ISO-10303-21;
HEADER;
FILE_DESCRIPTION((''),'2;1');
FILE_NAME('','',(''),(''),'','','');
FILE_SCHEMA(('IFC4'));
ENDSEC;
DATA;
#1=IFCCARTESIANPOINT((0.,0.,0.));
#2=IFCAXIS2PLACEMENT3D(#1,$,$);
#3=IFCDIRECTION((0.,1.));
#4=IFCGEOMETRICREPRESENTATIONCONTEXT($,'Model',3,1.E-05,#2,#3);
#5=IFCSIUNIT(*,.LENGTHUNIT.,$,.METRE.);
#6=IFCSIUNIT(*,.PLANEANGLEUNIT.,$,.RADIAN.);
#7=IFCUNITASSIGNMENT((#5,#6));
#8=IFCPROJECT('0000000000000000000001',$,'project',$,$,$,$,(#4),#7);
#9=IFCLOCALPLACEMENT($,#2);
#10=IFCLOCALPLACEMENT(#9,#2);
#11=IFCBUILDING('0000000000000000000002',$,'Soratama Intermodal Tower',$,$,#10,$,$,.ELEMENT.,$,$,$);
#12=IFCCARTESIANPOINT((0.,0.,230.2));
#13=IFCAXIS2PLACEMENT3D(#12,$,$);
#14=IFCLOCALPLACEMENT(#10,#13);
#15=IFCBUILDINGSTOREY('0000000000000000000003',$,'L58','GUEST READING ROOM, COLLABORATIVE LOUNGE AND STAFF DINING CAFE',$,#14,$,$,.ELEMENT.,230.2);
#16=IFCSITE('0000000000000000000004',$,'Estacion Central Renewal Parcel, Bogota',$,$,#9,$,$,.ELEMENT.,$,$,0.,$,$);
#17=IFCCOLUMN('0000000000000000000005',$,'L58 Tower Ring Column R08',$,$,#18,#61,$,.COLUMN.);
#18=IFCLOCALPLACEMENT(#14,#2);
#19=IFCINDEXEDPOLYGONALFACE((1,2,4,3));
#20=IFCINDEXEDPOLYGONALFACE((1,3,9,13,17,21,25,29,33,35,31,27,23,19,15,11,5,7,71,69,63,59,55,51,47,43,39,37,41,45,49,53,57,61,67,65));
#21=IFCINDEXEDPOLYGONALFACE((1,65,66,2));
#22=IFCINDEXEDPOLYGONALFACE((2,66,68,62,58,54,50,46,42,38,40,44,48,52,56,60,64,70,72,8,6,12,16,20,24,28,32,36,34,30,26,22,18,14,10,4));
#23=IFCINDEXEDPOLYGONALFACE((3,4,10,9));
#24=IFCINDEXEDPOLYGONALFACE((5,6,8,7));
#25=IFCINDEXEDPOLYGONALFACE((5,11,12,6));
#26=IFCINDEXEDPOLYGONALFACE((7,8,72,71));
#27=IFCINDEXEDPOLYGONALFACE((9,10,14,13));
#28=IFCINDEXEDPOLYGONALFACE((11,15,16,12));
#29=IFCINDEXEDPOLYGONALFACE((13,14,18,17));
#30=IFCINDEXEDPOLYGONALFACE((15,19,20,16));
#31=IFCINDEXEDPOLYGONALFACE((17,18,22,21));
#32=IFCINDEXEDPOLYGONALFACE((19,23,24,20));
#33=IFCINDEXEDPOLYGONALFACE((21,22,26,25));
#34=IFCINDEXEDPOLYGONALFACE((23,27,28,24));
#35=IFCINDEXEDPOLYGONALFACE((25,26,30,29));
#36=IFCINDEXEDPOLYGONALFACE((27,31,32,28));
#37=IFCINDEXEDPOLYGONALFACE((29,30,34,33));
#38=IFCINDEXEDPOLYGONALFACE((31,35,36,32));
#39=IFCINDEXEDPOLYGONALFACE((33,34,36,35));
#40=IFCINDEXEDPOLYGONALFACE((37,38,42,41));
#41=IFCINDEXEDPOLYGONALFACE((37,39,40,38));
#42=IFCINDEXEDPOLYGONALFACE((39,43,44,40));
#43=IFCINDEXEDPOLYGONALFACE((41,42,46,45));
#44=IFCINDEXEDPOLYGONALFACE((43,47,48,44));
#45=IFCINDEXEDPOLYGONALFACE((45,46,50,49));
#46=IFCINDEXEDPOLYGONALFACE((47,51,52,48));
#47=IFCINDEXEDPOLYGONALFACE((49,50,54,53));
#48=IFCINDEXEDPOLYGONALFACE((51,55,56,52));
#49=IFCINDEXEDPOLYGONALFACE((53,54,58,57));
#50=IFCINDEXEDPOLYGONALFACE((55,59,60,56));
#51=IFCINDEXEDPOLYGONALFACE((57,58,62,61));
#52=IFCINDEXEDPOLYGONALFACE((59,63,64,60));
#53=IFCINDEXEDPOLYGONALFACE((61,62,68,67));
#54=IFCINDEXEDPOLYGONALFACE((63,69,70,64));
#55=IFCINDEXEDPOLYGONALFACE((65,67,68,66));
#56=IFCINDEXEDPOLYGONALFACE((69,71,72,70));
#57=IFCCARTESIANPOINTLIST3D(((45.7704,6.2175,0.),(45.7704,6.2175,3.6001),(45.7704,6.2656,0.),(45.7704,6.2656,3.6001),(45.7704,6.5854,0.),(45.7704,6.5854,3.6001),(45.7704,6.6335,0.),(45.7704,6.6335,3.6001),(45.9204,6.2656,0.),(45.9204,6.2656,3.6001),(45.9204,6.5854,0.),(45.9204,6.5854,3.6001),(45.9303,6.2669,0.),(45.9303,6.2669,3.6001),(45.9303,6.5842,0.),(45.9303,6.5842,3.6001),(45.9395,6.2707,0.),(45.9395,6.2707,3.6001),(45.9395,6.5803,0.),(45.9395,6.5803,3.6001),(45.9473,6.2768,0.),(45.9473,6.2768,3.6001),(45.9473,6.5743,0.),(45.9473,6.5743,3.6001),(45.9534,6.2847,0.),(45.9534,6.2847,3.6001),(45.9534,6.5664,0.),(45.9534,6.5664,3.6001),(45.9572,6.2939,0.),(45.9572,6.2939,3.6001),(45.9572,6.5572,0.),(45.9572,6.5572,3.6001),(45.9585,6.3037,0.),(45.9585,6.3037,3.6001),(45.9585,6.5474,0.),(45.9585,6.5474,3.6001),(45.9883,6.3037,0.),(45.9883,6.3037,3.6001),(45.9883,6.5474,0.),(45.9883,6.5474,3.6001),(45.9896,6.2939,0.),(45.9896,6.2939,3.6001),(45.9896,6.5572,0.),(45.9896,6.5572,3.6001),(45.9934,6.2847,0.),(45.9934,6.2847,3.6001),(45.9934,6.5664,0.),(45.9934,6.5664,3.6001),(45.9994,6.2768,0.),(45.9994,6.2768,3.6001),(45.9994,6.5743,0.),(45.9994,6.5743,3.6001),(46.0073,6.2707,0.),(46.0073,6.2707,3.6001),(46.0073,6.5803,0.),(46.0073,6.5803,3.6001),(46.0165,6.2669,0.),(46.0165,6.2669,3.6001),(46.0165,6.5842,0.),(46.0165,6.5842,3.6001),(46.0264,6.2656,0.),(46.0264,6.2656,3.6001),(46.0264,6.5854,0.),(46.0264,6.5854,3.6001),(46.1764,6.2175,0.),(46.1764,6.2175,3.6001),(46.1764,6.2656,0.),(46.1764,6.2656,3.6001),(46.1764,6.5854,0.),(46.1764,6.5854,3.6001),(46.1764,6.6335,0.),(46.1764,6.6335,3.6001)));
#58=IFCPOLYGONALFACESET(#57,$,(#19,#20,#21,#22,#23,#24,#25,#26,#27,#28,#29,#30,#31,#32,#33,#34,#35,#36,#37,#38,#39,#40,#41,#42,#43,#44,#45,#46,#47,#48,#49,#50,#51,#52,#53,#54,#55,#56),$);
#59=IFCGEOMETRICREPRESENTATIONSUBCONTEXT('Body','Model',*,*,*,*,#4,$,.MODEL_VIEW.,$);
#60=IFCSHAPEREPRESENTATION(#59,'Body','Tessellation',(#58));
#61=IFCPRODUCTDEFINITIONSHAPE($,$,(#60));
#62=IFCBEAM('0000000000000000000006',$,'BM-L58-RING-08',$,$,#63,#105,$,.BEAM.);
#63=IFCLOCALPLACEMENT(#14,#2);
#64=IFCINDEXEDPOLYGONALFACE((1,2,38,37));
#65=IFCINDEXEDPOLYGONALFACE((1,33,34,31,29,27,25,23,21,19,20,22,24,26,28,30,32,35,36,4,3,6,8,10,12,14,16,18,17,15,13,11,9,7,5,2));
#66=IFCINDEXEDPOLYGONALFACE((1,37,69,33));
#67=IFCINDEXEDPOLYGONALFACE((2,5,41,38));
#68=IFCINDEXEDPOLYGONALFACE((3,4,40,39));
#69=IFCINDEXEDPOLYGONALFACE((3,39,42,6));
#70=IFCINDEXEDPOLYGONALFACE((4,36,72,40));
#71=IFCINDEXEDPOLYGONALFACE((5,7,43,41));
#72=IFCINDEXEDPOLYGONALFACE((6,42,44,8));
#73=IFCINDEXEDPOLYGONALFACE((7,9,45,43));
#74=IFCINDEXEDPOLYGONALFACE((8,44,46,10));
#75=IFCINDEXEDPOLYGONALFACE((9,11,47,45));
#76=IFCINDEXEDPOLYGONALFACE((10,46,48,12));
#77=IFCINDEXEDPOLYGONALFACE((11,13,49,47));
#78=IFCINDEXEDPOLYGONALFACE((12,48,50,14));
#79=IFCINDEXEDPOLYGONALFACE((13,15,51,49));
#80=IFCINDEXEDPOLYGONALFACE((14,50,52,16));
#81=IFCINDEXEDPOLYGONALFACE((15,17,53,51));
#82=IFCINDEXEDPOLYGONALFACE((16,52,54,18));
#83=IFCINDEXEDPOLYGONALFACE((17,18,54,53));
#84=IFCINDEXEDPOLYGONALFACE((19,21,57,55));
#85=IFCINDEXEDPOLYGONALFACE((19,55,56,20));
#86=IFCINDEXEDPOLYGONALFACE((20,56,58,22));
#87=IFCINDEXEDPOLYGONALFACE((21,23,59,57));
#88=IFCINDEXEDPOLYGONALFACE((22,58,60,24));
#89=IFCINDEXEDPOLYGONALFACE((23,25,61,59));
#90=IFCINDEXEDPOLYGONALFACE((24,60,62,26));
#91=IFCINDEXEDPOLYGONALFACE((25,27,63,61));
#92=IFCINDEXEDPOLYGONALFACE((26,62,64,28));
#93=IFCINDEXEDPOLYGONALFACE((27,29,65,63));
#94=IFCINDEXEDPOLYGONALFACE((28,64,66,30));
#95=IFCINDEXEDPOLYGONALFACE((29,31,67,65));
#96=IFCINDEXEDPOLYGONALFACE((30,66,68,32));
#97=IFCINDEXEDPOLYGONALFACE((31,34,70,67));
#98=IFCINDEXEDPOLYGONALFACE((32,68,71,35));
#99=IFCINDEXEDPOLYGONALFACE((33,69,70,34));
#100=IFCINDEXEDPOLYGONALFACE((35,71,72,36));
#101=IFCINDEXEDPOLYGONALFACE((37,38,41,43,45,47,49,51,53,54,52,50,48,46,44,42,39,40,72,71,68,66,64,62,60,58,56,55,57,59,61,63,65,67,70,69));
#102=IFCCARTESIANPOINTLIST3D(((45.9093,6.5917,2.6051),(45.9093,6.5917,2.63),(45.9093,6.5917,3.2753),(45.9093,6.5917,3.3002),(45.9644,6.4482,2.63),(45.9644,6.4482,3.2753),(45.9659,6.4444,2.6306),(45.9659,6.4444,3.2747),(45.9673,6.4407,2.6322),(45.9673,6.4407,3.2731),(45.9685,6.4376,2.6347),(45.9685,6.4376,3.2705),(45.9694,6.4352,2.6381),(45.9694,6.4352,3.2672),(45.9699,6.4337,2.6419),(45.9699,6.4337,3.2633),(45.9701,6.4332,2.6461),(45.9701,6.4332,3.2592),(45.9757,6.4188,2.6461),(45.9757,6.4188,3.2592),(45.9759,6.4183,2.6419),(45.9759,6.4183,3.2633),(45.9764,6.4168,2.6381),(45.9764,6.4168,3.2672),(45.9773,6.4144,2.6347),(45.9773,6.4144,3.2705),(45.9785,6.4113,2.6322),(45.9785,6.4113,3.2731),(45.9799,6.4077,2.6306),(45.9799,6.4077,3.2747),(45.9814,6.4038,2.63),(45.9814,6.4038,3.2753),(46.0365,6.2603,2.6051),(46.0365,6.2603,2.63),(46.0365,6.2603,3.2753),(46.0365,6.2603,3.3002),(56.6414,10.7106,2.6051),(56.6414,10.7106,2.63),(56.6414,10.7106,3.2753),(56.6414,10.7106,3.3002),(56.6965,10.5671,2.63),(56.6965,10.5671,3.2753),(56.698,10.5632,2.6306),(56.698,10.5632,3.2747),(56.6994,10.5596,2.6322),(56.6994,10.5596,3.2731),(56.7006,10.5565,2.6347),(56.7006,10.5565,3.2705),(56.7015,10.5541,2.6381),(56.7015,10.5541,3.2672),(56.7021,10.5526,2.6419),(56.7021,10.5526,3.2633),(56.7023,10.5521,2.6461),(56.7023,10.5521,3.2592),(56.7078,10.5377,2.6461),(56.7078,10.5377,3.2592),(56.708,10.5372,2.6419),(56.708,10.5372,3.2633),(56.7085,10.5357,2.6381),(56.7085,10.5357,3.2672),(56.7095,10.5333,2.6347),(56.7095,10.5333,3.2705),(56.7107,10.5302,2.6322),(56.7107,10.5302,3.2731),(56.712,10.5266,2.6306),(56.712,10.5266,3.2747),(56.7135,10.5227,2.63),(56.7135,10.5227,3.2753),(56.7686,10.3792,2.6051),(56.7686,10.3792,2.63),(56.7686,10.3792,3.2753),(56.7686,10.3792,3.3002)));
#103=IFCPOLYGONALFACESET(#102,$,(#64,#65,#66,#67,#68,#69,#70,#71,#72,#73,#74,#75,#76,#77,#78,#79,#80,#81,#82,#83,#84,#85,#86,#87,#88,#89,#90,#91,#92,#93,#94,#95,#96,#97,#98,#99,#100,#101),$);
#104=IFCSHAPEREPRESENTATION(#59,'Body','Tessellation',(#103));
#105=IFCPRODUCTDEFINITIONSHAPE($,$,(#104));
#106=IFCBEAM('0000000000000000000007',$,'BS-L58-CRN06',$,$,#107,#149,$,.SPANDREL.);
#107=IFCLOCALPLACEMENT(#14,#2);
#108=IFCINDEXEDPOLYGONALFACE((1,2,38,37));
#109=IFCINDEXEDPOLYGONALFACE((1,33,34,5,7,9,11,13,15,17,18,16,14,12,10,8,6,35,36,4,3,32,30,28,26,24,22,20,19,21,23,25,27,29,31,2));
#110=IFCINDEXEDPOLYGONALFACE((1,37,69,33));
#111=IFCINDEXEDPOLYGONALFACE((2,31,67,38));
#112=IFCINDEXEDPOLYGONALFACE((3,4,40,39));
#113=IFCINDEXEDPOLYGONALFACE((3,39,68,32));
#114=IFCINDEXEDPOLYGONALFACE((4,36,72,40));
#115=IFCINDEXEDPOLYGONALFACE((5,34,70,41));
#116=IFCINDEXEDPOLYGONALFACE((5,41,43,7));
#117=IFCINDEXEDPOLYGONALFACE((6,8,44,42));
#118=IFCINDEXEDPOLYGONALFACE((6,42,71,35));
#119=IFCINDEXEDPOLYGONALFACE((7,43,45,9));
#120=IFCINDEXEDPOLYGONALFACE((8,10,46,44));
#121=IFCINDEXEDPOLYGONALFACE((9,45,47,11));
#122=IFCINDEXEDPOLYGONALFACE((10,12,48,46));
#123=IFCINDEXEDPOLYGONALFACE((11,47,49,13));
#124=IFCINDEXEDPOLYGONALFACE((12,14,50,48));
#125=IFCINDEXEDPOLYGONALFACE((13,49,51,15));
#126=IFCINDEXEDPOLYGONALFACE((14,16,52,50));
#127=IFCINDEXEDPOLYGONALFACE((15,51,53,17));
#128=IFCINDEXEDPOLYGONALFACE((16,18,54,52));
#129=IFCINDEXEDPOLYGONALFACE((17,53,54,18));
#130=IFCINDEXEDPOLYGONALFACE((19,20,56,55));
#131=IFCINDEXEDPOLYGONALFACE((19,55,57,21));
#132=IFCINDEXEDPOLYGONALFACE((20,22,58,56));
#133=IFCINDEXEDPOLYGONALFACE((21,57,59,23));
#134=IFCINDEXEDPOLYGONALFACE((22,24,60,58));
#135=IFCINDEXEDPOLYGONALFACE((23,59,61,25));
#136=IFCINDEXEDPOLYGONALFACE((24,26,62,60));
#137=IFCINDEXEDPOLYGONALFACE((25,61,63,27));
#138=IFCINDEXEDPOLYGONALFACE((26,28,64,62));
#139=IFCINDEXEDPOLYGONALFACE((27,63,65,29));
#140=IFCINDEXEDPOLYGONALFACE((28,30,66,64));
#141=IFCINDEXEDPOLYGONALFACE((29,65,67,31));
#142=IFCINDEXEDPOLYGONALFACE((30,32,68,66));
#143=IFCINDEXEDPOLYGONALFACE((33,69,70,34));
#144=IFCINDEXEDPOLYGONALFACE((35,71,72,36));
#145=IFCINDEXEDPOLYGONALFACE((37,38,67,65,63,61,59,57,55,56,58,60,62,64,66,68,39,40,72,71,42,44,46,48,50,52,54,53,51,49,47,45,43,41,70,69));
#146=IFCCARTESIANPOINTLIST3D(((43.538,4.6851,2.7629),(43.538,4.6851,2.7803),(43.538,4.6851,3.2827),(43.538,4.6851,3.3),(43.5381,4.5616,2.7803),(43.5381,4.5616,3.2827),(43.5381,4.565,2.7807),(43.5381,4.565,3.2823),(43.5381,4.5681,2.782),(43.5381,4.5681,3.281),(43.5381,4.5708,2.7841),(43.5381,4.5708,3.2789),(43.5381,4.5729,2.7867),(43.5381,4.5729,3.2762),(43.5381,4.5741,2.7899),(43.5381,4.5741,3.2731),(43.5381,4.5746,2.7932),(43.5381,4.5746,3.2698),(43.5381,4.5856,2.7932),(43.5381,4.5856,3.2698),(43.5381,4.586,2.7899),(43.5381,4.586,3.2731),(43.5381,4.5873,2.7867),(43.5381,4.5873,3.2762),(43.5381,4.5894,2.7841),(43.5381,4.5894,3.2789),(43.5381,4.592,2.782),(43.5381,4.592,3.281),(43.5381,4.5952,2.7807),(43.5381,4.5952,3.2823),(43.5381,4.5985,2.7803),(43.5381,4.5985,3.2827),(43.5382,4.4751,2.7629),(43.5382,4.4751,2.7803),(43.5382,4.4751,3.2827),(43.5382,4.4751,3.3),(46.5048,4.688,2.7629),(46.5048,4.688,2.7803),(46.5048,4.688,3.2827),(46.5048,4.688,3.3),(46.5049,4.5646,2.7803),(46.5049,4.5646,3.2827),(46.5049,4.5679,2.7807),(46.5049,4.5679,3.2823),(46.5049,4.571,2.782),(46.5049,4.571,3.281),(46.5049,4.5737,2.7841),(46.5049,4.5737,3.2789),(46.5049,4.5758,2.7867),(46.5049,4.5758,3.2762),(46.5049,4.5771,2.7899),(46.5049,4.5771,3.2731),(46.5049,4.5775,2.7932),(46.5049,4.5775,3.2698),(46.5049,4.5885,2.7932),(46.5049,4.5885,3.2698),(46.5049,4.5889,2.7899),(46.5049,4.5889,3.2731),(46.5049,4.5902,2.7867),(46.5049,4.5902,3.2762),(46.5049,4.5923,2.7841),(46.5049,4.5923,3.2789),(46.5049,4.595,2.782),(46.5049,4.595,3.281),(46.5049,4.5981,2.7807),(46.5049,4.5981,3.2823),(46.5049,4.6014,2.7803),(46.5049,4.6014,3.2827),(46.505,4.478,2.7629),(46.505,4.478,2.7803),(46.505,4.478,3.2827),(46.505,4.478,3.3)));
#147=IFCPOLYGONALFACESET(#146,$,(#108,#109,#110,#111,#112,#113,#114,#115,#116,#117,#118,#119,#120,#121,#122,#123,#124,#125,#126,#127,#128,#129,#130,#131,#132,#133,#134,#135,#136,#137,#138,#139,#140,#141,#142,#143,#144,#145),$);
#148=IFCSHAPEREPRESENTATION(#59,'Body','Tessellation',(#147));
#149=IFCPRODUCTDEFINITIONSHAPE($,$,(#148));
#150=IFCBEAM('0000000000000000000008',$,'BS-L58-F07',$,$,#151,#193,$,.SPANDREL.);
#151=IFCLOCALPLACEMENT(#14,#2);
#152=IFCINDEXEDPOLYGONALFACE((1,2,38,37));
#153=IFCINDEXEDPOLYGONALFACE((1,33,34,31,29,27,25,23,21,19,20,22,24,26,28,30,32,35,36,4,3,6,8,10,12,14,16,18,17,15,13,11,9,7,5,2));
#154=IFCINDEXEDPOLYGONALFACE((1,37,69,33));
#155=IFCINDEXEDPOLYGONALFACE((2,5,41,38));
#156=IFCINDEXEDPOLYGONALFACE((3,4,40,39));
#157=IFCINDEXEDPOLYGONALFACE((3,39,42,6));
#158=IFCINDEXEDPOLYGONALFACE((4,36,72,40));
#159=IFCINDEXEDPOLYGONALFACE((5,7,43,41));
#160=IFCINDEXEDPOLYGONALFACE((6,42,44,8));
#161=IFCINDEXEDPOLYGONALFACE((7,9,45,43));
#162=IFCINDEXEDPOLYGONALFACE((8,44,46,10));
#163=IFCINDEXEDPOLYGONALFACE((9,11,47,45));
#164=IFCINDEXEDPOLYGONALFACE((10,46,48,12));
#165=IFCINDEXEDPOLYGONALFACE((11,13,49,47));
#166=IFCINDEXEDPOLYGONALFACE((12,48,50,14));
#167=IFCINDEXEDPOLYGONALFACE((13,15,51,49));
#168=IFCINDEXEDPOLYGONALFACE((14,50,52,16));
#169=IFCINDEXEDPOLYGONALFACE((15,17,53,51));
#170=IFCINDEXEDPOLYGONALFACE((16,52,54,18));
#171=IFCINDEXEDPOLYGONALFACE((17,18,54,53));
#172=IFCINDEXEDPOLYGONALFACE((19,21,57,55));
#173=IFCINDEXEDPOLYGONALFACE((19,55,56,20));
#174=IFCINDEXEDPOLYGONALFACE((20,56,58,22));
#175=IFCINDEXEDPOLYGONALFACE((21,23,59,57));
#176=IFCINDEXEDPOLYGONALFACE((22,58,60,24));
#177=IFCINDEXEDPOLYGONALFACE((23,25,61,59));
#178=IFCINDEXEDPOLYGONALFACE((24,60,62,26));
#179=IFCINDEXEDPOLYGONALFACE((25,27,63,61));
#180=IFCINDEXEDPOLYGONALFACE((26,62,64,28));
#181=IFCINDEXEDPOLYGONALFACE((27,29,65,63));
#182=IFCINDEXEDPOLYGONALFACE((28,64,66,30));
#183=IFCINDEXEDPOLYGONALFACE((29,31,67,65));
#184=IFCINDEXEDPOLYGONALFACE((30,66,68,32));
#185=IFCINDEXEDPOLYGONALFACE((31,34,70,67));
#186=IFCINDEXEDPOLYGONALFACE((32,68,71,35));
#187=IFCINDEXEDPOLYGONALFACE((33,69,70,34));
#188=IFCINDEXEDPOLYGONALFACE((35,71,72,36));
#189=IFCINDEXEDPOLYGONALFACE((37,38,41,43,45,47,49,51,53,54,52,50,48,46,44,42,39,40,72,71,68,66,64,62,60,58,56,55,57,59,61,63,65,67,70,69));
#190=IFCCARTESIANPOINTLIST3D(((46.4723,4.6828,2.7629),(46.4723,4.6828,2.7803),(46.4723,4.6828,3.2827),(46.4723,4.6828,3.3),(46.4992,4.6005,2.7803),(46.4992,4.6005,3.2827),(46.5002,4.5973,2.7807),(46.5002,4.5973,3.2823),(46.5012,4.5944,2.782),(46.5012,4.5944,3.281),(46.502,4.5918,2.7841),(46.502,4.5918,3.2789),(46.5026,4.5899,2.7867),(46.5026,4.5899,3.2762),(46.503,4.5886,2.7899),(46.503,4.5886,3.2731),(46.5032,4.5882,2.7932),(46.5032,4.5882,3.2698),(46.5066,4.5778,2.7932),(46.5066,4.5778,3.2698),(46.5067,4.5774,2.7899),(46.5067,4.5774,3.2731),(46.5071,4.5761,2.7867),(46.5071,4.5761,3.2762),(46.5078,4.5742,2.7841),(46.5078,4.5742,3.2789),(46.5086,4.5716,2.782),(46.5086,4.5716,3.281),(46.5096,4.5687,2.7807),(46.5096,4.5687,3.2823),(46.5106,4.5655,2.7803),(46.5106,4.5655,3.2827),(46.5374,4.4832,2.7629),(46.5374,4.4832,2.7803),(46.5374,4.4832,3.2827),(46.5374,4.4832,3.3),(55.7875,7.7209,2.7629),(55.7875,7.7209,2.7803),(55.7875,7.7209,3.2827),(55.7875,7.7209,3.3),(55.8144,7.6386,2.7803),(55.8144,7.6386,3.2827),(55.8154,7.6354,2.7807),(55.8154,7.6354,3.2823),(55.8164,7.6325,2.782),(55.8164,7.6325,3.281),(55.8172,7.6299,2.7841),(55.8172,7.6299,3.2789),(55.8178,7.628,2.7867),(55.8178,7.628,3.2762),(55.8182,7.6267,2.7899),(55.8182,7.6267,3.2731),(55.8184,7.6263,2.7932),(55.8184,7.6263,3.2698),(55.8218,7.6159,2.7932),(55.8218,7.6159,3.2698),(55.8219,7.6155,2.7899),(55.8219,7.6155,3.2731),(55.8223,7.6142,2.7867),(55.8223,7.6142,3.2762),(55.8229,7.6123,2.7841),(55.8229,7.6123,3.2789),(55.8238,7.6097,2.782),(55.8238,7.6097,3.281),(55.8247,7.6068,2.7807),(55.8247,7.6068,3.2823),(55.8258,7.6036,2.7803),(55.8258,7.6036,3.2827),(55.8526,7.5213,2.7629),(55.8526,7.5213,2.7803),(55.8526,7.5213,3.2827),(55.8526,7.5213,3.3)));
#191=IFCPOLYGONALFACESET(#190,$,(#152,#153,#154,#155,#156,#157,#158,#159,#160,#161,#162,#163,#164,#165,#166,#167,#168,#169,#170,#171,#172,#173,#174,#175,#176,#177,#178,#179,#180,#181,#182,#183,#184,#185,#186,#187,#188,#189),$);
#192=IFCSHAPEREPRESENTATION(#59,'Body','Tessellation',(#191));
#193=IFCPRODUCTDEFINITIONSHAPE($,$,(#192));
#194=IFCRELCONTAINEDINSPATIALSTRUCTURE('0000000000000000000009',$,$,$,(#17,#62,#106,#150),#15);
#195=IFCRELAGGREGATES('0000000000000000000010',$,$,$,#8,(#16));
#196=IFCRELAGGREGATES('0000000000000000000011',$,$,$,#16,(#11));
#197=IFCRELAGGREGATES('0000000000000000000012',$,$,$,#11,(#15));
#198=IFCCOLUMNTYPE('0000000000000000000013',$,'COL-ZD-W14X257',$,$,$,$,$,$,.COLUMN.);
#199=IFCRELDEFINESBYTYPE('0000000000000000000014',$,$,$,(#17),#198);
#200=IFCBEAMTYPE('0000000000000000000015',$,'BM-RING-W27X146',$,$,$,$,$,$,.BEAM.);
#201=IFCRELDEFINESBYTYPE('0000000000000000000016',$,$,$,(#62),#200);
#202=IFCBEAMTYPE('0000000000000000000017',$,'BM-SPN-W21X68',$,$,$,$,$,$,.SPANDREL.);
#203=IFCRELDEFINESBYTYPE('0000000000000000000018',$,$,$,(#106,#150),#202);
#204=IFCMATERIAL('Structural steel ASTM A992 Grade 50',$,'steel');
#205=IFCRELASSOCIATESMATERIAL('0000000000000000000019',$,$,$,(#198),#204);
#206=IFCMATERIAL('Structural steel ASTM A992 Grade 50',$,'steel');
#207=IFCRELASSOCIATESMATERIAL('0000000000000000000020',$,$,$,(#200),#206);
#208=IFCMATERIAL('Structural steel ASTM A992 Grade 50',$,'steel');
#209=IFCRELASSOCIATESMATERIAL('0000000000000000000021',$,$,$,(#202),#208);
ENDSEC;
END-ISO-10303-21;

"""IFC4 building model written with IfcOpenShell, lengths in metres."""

from ifc_helpers import new_model, si_unit, direction, frame, origin, origin_2d, place, context, subcontext, project, spatial, i_section, extrude, material, material_profile, profile_set, type_object, element, save


model = new_model("IFC4")

# Units and contexts
model_context = context("Model", 3, precision=1e-05, world=origin(), true_north=direction((0.0, 1.0)))
body_context = subcontext(model_context, "Body", "Model", "MODEL_VIEW")
ifc_project = project(units=[si_unit("LENGTHUNIT", "METRE"), si_unit("PLANEANGLEUNIT", "RADIAN")], contexts=[model_context])

# Site, building, storey
site_placement = place(None, origin())
site = spatial("IfcSite", under=ifc_project, at=site_placement, Name="Estacion Central Renewal Parcel, Bogota", CompositionType="ELEMENT", RefElevation=0.0)
building_placement = place(site_placement, origin())
building = spatial("IfcBuilding", under=site, at=building_placement, Name="Soratama Intermodal Tower", CompositionType="ELEMENT")
storey_placement = place(building_placement, frame((0.0, 0.0, 230.2)))
storey = spatial("IfcBuildingStorey", under=building, at=storey_placement, Name="L58", Description="GUEST READING ROOM, COLLABORATIVE LOUNGE AND STAFF DINING CAFE", CompositionType="ELEMENT", Elevation=230.2)

# Column
ifc_material_1 = material(Name="Structural steel ASTM A992 Grade 50", Category="steel")
ifc_material_profile_1 = material_profile(ifc_material_1, i_section(OverallWidth=0.406, OverallDepth=0.416, WebThickness=0.0298, FlangeThickness=0.0481, FilletRadius=0.0381, at=origin_2d()), Name="W14X257")
ifc_profile_set_1 = profile_set([ifc_material_profile_1], Name="Structural steel ASTM A992 Grade 50")
column_type = type_object("IfcColumnType", Name="COL-ZD-W14X257", PredefinedType="COLUMN", material=ifc_profile_set_1)
column_placement = place(storey_placement, frame((45.9734, 6.4255, 0.0), z_axis=(0.0, 0.0, 1.0), x_axis=(1.0, 0.0, 0.0)))
element("IfcColumn", 1, at=column_placement, inside=storey, type_object=column_type, Name="L58 Tower Ring Column R08", PredefinedType="COLUMN", context=body_context, shape_type="SweptSolid", body=[
    extrude(i_section(OverallWidth=0.406, OverallDepth=0.416, WebThickness=0.0298, FlangeThickness=0.0481, FilletRadius=0.0381, at=origin_2d()), origin(), (0.0, 0.0, 1.0), 3.6001),
])

# Beams
ifc_material_2 = material(Name="Structural steel ASTM A992 Grade 50", Category="steel")
ifc_material_profile_2 = material_profile(ifc_material_2, i_section(OverallWidth=0.355, OverallDepth=0.6951, WebThickness=0.0154, FlangeThickness=0.0249, FilletRadius=0.0161, at=origin_2d()), Name="W27X146")
ifc_profile_set_2 = profile_set([ifc_material_profile_2], Name="Structural steel ASTM A992 Grade 50")
beam_type_1 = type_object("IfcBeamType", Name="BM-RING-W27X146", PredefinedType="BEAM", material=ifc_profile_set_2)
beam_1_placement = place(storey_placement, frame((45.9729, 6.426, 2.9526), z_axis=(0.933604, 0.358307, 0.0), x_axis=(-0.358307, 0.933604, 0.0)))
element("IfcBeam", 2, at=beam_1_placement, inside=storey, type_object=beam_type_1, Name="BM-L58-RING-08", PredefinedType="BEAM", context=body_context, shape_type="SweptSolid", body=[
    extrude(i_section(OverallWidth=0.355, OverallDepth=0.6951, WebThickness=0.0154, FlangeThickness=0.0249, FilletRadius=0.0161, at=origin_2d()), origin(), (0.0, 0.0, 1.0), 11.4954),
])
ifc_material_3 = material(Name="Structural steel ASTM A992 Grade 50", Category="steel")
ifc_material_profile_3 = material_profile(ifc_material_3, i_section(OverallWidth=0.21, OverallDepth=0.5371, WebThickness=0.011, FlangeThickness=0.0173, FilletRadius=0.0129, at=origin_2d()), Name="W21X68")
ifc_profile_set_3 = profile_set([ifc_material_profile_3], Name="Structural steel ASTM A992 Grade 50")
beam_type_2 = type_object("IfcBeamType", Name="BM-SPN-W21X68", PredefinedType="SPANDREL", material=ifc_profile_set_3)
beam_2_placement = place(storey_placement, frame((43.5381, 4.5801, 3.0315), z_axis=(1.0, 0.000987, 0.0), x_axis=(-0.000987, 1.0, 0.0)))
element("IfcBeam", 3, at=beam_2_placement, inside=storey, type_object=beam_type_2, Name="BS-L58-CRN06", PredefinedType="SPANDREL", context=body_context, shape_type="SweptSolid", body=[
    extrude(i_section(OverallWidth=0.21, OverallDepth=0.5371, WebThickness=0.011, FlangeThickness=0.0173, FilletRadius=0.0129, at=origin_2d()), origin(), (0.0, 0.0, 1.0), 2.9668),
])
beam_3_placement = place(storey_placement, frame((46.5049, 4.583, 3.0315), z_axis=(0.950714, 0.310069, 0.0), x_axis=(-0.310069, 0.950714, 0.0)))
element("IfcBeam", 4, at=beam_3_placement, inside=storey, type_object=beam_type_2, Name="BS-L58-F07", PredefinedType="SPANDREL", context=body_context, shape_type="SweptSolid", body=[
    extrude(i_section(OverallWidth=0.21, OverallDepth=0.5371, WebThickness=0.011, FlangeThickness=0.0173, FilletRadius=0.0129, at=origin_2d()), origin(), (0.0, 0.0, 1.0), 9.7981),
])

save(model, "model.ifc")
